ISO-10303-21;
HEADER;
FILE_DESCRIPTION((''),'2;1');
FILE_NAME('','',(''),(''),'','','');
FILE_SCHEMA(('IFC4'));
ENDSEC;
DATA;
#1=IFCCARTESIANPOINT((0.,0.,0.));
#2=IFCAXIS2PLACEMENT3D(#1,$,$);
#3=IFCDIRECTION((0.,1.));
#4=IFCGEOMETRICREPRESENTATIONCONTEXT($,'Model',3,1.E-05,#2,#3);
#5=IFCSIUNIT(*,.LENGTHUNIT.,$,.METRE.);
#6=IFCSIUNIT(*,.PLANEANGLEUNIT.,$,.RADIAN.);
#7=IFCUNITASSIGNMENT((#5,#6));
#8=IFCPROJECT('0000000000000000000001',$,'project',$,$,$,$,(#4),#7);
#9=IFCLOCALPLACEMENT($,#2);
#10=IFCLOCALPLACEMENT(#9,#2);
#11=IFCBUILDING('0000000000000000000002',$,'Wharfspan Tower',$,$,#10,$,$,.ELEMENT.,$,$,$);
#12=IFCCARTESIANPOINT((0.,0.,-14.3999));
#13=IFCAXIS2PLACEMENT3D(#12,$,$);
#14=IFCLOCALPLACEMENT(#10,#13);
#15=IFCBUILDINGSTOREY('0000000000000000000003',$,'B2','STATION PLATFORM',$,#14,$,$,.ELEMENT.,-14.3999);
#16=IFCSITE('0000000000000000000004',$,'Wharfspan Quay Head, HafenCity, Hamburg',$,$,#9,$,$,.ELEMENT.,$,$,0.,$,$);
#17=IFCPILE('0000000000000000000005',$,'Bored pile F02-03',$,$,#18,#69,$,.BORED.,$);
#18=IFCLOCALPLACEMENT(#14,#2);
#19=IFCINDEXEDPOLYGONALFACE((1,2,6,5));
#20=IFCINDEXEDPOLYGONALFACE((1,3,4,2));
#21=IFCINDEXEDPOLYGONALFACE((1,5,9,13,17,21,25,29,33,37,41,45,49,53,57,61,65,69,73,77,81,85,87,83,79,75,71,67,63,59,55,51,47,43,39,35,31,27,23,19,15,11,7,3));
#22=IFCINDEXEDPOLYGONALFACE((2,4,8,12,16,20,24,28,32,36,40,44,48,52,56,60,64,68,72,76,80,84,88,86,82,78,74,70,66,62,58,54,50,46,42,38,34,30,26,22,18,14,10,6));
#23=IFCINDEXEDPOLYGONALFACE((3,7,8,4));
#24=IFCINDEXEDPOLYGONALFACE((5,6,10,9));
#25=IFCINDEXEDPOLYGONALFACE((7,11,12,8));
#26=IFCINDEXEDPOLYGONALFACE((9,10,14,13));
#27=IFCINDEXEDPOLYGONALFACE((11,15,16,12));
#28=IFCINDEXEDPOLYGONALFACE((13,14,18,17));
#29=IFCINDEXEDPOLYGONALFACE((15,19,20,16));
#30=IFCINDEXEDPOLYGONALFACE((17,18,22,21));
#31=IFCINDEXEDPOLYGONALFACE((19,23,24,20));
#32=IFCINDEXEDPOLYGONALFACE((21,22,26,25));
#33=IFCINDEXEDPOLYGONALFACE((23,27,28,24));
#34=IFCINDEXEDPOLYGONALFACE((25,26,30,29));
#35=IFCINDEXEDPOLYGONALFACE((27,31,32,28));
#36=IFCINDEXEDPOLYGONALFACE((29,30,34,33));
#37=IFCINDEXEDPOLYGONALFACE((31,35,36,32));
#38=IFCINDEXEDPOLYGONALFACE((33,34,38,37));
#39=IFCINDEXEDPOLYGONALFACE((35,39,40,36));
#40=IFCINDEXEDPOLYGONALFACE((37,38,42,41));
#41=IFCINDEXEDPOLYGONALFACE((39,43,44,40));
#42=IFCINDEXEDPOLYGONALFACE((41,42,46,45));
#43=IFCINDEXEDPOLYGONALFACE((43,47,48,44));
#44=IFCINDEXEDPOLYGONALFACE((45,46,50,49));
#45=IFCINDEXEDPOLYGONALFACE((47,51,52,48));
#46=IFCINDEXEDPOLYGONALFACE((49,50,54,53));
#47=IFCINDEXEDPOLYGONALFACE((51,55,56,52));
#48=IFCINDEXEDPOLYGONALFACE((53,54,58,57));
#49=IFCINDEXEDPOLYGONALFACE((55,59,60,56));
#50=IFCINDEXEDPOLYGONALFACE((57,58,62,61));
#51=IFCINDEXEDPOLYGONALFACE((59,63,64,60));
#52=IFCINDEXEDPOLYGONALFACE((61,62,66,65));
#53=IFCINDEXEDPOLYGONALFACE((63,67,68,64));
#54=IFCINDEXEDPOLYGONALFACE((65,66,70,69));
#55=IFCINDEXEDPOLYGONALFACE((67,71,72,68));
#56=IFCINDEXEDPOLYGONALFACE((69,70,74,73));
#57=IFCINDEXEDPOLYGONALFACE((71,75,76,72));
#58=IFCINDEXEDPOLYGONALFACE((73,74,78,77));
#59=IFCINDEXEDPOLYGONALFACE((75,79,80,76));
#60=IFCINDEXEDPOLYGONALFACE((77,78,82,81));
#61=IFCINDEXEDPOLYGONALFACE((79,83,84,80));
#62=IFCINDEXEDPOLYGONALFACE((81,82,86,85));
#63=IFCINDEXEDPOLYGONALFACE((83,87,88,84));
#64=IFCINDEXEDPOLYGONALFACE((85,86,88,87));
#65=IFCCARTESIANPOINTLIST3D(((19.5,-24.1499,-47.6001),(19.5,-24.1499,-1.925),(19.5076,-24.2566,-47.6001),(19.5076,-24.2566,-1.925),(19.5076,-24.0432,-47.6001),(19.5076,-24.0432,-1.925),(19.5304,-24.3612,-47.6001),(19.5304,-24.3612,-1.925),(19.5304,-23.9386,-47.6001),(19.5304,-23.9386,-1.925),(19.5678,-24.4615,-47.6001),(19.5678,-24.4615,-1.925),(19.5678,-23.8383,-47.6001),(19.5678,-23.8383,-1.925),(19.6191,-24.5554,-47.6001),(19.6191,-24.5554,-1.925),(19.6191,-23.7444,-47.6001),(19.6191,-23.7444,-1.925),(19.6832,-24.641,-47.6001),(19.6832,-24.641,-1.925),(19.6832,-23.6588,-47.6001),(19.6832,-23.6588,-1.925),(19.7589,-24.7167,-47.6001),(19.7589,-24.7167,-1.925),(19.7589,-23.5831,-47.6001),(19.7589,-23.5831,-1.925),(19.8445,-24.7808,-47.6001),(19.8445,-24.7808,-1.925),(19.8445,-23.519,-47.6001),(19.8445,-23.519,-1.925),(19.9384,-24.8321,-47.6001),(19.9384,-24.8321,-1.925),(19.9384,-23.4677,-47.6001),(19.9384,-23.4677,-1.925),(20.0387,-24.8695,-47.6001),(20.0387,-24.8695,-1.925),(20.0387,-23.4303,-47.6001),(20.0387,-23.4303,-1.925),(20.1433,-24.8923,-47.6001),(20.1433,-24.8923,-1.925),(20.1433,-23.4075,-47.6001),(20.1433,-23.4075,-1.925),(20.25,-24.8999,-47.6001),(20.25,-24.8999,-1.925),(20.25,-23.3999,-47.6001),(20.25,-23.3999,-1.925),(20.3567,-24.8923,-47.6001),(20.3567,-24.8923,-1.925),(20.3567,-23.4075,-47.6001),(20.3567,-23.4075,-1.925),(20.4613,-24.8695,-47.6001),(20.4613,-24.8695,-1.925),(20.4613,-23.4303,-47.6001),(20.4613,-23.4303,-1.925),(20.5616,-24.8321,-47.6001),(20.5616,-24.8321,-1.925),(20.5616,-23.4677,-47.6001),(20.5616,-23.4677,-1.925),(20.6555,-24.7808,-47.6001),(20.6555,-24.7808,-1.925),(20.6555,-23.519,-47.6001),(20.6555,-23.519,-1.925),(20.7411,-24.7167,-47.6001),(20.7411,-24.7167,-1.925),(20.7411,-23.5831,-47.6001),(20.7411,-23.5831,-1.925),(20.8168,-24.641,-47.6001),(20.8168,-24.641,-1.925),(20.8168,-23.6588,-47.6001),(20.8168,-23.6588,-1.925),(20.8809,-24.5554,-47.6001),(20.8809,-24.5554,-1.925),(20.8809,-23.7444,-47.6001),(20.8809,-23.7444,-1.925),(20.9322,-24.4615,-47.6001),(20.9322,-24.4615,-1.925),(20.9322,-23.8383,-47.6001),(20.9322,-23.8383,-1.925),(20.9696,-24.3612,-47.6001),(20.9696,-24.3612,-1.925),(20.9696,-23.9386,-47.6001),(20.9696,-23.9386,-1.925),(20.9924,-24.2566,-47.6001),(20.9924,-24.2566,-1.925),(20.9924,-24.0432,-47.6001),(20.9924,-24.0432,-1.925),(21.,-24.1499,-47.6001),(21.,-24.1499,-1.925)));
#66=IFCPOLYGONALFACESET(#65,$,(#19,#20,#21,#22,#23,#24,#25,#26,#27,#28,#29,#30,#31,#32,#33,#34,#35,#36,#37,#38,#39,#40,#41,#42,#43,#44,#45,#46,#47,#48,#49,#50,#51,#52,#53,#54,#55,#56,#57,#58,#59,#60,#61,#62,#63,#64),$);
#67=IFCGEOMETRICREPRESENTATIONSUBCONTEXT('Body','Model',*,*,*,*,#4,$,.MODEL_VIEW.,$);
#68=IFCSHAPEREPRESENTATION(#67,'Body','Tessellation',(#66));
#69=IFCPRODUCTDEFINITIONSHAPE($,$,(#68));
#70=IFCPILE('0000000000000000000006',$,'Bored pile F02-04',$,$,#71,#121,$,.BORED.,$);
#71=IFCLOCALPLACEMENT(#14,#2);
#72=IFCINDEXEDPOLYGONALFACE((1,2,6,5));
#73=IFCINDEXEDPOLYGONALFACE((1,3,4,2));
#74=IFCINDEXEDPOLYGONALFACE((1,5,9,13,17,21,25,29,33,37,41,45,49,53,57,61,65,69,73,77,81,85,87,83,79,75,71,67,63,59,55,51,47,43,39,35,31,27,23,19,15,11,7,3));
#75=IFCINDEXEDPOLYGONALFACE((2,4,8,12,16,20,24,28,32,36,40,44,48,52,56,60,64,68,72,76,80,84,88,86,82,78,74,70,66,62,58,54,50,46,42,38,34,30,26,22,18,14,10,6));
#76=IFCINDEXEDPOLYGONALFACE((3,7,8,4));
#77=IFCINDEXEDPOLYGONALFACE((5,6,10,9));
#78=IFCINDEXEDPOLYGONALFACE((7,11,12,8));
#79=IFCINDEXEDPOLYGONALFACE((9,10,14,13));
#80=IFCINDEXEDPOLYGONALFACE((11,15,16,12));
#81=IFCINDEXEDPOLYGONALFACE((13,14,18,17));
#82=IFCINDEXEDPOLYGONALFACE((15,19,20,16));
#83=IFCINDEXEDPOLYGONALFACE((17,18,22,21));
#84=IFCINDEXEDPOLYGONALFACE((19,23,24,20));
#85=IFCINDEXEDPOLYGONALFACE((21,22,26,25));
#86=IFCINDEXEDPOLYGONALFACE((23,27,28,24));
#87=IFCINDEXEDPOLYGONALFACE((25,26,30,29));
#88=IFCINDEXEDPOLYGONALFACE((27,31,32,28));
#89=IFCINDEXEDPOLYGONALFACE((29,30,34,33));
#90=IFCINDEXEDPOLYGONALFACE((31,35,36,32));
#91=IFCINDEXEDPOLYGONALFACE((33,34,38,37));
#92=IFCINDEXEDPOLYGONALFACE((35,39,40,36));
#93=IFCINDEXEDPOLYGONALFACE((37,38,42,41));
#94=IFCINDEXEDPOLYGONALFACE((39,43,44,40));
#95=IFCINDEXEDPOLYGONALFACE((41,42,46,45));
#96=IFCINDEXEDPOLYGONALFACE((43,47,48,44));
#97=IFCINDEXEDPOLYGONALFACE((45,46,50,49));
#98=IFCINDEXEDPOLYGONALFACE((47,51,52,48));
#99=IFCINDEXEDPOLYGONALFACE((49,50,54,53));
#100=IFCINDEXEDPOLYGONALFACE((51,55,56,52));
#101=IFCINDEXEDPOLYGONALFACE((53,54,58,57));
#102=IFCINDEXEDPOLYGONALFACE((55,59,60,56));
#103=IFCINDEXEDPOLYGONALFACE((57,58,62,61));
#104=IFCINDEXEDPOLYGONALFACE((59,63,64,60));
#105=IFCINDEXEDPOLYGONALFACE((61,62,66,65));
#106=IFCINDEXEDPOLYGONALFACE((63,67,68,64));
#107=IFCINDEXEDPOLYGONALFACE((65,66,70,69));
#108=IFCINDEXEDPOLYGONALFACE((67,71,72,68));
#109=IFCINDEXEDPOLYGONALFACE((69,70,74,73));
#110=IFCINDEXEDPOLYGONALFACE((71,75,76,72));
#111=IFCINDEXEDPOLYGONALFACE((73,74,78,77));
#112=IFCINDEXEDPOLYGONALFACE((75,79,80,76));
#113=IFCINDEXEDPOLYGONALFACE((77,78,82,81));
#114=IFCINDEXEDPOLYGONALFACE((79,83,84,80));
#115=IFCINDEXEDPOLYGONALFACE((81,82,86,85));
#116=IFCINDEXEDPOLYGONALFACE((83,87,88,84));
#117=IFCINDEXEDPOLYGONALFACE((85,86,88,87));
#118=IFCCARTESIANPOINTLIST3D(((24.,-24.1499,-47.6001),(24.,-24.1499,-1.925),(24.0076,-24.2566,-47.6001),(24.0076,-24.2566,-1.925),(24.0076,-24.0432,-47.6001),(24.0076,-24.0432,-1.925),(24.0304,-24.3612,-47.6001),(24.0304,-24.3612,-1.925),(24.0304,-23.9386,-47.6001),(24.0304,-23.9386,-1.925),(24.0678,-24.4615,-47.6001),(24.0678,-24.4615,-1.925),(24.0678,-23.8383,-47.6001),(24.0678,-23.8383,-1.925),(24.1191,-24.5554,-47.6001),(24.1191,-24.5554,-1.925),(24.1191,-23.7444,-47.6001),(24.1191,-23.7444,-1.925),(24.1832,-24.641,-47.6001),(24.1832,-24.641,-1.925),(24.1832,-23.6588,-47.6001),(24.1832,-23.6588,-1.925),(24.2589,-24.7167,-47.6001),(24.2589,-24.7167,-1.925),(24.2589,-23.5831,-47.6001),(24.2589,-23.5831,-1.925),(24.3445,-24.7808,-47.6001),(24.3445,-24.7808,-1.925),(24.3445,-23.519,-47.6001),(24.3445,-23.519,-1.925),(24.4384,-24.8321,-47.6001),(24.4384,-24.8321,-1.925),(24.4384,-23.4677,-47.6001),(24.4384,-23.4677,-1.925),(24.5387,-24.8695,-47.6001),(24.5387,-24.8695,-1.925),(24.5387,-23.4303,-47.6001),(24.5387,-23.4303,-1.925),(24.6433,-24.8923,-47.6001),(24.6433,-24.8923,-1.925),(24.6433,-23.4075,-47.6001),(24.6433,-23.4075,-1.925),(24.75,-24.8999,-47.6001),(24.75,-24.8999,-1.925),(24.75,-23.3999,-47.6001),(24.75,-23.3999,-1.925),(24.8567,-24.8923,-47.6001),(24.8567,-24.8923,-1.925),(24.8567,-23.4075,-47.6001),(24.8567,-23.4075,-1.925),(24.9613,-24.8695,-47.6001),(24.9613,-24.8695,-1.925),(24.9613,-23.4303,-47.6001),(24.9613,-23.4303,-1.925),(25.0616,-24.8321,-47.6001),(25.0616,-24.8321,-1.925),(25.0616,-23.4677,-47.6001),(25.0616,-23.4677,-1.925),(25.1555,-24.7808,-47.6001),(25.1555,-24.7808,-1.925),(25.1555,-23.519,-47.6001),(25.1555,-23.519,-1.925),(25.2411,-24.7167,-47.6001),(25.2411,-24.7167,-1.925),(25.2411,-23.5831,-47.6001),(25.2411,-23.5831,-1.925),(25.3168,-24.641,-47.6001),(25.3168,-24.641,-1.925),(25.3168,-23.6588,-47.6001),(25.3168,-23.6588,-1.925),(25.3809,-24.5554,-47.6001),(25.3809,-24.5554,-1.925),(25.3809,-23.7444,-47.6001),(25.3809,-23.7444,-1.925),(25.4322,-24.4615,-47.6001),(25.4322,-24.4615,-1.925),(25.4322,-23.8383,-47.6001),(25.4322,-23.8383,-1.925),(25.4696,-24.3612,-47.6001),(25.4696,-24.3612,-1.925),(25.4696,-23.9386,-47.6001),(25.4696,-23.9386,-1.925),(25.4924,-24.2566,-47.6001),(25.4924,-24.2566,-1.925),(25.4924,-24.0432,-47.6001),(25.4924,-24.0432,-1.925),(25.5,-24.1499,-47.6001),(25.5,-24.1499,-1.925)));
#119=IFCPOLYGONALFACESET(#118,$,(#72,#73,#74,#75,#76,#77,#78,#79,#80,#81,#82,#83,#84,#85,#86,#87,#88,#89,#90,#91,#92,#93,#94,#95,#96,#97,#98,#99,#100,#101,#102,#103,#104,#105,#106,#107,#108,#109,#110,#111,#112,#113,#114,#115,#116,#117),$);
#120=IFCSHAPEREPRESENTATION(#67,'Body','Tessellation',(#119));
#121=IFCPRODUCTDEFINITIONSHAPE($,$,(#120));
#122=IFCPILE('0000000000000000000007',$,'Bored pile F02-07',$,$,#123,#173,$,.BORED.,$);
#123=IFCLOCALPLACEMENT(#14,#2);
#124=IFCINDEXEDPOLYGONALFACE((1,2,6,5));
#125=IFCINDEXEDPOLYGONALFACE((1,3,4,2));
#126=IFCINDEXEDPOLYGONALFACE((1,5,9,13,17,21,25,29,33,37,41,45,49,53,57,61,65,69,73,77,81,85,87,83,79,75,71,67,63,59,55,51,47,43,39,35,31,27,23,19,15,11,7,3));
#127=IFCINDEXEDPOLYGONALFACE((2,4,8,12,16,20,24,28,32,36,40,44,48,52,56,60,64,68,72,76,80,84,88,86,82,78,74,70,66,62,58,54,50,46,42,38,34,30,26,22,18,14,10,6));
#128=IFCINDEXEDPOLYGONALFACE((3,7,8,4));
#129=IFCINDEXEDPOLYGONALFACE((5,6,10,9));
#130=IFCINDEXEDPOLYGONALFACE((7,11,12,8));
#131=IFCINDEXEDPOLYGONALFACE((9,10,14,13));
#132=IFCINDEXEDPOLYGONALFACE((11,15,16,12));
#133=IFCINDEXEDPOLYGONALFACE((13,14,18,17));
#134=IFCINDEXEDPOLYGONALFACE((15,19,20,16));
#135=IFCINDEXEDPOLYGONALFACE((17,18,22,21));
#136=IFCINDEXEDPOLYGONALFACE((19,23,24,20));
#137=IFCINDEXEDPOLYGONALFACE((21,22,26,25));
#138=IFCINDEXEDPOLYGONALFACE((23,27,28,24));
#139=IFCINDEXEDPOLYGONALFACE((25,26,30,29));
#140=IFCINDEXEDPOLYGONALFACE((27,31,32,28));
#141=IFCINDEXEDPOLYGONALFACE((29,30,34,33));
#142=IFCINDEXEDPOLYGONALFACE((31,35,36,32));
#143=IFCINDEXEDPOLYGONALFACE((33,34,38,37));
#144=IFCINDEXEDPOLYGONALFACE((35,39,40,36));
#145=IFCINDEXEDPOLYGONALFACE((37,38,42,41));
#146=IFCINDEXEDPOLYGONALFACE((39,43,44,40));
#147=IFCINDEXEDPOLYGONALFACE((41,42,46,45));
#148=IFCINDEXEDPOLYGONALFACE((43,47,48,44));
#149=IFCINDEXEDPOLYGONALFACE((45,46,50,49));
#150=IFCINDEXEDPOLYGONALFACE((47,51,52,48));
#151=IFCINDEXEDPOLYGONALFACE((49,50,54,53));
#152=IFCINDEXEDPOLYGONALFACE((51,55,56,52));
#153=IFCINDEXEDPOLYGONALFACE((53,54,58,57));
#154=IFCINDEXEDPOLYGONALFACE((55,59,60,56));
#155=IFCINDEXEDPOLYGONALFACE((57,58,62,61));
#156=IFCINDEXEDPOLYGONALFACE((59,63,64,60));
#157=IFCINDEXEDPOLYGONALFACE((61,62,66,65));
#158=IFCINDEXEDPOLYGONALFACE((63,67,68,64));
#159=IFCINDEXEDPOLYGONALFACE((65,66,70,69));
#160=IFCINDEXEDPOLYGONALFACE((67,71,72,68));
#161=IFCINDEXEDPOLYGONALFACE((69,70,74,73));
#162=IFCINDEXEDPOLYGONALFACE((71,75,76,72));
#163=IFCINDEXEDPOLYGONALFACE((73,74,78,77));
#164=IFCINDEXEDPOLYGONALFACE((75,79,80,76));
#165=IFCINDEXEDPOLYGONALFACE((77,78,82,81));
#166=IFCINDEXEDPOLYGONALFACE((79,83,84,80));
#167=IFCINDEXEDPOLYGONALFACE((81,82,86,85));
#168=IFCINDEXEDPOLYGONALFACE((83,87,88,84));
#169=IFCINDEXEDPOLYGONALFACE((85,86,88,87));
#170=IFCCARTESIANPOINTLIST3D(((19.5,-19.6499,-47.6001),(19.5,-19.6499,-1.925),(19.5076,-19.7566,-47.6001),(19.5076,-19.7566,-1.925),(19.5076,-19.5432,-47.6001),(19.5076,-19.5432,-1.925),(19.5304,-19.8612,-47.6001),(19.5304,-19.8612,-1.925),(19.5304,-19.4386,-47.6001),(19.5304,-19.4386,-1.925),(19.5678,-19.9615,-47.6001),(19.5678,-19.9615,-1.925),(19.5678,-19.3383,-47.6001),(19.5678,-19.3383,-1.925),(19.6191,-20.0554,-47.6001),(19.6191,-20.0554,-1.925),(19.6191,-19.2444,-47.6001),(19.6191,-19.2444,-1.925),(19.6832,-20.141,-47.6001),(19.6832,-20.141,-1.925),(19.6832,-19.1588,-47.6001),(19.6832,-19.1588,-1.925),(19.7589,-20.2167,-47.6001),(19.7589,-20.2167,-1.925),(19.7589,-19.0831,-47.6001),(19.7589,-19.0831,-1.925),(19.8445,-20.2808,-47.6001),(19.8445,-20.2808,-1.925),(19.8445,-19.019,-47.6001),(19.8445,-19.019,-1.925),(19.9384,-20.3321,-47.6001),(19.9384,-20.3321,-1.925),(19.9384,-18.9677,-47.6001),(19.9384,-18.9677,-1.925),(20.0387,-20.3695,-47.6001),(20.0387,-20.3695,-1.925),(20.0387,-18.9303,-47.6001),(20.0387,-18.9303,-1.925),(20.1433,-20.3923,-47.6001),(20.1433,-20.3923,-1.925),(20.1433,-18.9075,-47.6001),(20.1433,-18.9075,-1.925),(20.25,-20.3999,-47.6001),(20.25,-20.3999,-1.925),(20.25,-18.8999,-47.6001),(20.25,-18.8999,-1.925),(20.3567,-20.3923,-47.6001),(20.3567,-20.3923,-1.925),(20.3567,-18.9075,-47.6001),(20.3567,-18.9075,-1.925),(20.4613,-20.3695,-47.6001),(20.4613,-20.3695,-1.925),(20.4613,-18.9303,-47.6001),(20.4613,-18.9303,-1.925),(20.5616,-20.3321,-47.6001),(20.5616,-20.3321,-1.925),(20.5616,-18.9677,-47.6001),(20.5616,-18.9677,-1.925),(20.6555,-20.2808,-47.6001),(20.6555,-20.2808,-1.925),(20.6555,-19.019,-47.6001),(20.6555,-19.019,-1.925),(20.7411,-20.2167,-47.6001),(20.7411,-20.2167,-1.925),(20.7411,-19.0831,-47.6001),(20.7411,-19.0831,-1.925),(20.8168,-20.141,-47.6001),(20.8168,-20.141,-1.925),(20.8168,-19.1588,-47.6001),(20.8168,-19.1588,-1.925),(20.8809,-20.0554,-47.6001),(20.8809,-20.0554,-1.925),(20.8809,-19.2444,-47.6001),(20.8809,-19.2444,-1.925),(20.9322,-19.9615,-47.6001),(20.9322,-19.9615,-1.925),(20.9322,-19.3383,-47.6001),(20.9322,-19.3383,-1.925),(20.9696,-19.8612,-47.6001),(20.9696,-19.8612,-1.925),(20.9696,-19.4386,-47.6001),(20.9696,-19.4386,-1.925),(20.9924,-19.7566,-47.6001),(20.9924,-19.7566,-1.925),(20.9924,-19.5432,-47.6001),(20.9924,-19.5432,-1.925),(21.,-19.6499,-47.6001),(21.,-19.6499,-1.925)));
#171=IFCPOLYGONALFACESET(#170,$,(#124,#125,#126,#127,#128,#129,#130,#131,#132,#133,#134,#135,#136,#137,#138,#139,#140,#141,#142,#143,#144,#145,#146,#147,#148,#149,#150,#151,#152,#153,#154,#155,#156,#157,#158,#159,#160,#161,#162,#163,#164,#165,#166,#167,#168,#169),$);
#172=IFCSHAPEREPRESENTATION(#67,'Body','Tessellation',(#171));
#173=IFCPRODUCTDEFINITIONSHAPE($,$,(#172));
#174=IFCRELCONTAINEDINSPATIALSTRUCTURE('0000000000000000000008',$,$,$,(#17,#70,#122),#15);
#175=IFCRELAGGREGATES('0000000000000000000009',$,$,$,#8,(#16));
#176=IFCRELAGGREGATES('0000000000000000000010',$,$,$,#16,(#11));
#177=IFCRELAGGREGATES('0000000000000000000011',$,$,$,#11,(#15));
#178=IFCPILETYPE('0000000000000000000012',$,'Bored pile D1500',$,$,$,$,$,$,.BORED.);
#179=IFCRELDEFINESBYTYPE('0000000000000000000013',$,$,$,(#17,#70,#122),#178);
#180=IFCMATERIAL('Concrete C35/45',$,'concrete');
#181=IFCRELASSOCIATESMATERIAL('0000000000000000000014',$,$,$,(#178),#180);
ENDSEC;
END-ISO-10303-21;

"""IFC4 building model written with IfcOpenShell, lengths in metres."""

from ifc_helpers import new_model, si_unit, direction, frame, origin, origin_2d, place, context, subcontext, project, spatial, circle, extrude, material, material_profile, profile_set, type_object, element, save


model = new_model("IFC4")

# Units and contexts
model_context = context("Model", 3, precision=1e-05, world=origin(), true_north=direction((0.0, 1.0)))
body_context = subcontext(model_context, "Body", "Model", "MODEL_VIEW")
ifc_project = project(units=[si_unit("LENGTHUNIT", "METRE"), si_unit("PLANEANGLEUNIT", "RADIAN")], contexts=[model_context])

# Site, building, storey
site_placement = place(None, origin())
site = spatial("IfcSite", under=ifc_project, at=site_placement, Name="Wharfspan Quay Head, HafenCity, Hamburg", CompositionType="ELEMENT", RefElevation=0.0)
building_placement = place(site_placement, origin())
building = spatial("IfcBuilding", under=site, at=building_placement, Name="Wharfspan Tower", CompositionType="ELEMENT")
storey_placement = place(building_placement, frame((0.0, 0.0, -14.3999)))
storey = spatial("IfcBuildingStorey", under=building, at=storey_placement, Name="B2", Description="STATION PLATFORM", CompositionType="ELEMENT", Elevation=-14.3999)

# Piles
ifc_material_1 = material(Name="Concrete C35/45", Category="concrete")
ifc_material_profile_1 = material_profile(ifc_material_1, circle(Radius=0.75, at=origin_2d()))
ifc_profile_set_1 = profile_set([ifc_material_profile_1], Name="Concrete C35/45")
pile_type = type_object("IfcPileType", Name="Bored pile D1500", PredefinedType="BORED", material=ifc_profile_set_1)
for number, where, z_axis, x_axis, name in (
    (1, (20.25, -24.1499, -1.925), (0.0, 0.0, -1.0), (1.0, 0.0, 0.0), "Bored pile F02-03"),
    (2, (24.75, -24.1499, -1.925), (0.0, 0.0, -1.0), (1.0, 0.0, 0.0), "Bored pile F02-04"),
    (3, (20.25, -19.6499, -1.925), (0.0, 0.0, -1.0), (1.0, 0.0, 0.0), "Bored pile F02-07"),
):
    element("IfcPile", number, at=place(storey_placement, frame(where, z_axis=z_axis, x_axis=x_axis)), inside=storey, type_object=pile_type, Name=name, PredefinedType="BORED", context=body_context, shape_type="SweptSolid", body=[
        extrude(circle(Radius=0.75, at=origin_2d()), origin(), (0.0, 0.0, 1.0), 45.675),
    ])

save(model, "model.ifc")
